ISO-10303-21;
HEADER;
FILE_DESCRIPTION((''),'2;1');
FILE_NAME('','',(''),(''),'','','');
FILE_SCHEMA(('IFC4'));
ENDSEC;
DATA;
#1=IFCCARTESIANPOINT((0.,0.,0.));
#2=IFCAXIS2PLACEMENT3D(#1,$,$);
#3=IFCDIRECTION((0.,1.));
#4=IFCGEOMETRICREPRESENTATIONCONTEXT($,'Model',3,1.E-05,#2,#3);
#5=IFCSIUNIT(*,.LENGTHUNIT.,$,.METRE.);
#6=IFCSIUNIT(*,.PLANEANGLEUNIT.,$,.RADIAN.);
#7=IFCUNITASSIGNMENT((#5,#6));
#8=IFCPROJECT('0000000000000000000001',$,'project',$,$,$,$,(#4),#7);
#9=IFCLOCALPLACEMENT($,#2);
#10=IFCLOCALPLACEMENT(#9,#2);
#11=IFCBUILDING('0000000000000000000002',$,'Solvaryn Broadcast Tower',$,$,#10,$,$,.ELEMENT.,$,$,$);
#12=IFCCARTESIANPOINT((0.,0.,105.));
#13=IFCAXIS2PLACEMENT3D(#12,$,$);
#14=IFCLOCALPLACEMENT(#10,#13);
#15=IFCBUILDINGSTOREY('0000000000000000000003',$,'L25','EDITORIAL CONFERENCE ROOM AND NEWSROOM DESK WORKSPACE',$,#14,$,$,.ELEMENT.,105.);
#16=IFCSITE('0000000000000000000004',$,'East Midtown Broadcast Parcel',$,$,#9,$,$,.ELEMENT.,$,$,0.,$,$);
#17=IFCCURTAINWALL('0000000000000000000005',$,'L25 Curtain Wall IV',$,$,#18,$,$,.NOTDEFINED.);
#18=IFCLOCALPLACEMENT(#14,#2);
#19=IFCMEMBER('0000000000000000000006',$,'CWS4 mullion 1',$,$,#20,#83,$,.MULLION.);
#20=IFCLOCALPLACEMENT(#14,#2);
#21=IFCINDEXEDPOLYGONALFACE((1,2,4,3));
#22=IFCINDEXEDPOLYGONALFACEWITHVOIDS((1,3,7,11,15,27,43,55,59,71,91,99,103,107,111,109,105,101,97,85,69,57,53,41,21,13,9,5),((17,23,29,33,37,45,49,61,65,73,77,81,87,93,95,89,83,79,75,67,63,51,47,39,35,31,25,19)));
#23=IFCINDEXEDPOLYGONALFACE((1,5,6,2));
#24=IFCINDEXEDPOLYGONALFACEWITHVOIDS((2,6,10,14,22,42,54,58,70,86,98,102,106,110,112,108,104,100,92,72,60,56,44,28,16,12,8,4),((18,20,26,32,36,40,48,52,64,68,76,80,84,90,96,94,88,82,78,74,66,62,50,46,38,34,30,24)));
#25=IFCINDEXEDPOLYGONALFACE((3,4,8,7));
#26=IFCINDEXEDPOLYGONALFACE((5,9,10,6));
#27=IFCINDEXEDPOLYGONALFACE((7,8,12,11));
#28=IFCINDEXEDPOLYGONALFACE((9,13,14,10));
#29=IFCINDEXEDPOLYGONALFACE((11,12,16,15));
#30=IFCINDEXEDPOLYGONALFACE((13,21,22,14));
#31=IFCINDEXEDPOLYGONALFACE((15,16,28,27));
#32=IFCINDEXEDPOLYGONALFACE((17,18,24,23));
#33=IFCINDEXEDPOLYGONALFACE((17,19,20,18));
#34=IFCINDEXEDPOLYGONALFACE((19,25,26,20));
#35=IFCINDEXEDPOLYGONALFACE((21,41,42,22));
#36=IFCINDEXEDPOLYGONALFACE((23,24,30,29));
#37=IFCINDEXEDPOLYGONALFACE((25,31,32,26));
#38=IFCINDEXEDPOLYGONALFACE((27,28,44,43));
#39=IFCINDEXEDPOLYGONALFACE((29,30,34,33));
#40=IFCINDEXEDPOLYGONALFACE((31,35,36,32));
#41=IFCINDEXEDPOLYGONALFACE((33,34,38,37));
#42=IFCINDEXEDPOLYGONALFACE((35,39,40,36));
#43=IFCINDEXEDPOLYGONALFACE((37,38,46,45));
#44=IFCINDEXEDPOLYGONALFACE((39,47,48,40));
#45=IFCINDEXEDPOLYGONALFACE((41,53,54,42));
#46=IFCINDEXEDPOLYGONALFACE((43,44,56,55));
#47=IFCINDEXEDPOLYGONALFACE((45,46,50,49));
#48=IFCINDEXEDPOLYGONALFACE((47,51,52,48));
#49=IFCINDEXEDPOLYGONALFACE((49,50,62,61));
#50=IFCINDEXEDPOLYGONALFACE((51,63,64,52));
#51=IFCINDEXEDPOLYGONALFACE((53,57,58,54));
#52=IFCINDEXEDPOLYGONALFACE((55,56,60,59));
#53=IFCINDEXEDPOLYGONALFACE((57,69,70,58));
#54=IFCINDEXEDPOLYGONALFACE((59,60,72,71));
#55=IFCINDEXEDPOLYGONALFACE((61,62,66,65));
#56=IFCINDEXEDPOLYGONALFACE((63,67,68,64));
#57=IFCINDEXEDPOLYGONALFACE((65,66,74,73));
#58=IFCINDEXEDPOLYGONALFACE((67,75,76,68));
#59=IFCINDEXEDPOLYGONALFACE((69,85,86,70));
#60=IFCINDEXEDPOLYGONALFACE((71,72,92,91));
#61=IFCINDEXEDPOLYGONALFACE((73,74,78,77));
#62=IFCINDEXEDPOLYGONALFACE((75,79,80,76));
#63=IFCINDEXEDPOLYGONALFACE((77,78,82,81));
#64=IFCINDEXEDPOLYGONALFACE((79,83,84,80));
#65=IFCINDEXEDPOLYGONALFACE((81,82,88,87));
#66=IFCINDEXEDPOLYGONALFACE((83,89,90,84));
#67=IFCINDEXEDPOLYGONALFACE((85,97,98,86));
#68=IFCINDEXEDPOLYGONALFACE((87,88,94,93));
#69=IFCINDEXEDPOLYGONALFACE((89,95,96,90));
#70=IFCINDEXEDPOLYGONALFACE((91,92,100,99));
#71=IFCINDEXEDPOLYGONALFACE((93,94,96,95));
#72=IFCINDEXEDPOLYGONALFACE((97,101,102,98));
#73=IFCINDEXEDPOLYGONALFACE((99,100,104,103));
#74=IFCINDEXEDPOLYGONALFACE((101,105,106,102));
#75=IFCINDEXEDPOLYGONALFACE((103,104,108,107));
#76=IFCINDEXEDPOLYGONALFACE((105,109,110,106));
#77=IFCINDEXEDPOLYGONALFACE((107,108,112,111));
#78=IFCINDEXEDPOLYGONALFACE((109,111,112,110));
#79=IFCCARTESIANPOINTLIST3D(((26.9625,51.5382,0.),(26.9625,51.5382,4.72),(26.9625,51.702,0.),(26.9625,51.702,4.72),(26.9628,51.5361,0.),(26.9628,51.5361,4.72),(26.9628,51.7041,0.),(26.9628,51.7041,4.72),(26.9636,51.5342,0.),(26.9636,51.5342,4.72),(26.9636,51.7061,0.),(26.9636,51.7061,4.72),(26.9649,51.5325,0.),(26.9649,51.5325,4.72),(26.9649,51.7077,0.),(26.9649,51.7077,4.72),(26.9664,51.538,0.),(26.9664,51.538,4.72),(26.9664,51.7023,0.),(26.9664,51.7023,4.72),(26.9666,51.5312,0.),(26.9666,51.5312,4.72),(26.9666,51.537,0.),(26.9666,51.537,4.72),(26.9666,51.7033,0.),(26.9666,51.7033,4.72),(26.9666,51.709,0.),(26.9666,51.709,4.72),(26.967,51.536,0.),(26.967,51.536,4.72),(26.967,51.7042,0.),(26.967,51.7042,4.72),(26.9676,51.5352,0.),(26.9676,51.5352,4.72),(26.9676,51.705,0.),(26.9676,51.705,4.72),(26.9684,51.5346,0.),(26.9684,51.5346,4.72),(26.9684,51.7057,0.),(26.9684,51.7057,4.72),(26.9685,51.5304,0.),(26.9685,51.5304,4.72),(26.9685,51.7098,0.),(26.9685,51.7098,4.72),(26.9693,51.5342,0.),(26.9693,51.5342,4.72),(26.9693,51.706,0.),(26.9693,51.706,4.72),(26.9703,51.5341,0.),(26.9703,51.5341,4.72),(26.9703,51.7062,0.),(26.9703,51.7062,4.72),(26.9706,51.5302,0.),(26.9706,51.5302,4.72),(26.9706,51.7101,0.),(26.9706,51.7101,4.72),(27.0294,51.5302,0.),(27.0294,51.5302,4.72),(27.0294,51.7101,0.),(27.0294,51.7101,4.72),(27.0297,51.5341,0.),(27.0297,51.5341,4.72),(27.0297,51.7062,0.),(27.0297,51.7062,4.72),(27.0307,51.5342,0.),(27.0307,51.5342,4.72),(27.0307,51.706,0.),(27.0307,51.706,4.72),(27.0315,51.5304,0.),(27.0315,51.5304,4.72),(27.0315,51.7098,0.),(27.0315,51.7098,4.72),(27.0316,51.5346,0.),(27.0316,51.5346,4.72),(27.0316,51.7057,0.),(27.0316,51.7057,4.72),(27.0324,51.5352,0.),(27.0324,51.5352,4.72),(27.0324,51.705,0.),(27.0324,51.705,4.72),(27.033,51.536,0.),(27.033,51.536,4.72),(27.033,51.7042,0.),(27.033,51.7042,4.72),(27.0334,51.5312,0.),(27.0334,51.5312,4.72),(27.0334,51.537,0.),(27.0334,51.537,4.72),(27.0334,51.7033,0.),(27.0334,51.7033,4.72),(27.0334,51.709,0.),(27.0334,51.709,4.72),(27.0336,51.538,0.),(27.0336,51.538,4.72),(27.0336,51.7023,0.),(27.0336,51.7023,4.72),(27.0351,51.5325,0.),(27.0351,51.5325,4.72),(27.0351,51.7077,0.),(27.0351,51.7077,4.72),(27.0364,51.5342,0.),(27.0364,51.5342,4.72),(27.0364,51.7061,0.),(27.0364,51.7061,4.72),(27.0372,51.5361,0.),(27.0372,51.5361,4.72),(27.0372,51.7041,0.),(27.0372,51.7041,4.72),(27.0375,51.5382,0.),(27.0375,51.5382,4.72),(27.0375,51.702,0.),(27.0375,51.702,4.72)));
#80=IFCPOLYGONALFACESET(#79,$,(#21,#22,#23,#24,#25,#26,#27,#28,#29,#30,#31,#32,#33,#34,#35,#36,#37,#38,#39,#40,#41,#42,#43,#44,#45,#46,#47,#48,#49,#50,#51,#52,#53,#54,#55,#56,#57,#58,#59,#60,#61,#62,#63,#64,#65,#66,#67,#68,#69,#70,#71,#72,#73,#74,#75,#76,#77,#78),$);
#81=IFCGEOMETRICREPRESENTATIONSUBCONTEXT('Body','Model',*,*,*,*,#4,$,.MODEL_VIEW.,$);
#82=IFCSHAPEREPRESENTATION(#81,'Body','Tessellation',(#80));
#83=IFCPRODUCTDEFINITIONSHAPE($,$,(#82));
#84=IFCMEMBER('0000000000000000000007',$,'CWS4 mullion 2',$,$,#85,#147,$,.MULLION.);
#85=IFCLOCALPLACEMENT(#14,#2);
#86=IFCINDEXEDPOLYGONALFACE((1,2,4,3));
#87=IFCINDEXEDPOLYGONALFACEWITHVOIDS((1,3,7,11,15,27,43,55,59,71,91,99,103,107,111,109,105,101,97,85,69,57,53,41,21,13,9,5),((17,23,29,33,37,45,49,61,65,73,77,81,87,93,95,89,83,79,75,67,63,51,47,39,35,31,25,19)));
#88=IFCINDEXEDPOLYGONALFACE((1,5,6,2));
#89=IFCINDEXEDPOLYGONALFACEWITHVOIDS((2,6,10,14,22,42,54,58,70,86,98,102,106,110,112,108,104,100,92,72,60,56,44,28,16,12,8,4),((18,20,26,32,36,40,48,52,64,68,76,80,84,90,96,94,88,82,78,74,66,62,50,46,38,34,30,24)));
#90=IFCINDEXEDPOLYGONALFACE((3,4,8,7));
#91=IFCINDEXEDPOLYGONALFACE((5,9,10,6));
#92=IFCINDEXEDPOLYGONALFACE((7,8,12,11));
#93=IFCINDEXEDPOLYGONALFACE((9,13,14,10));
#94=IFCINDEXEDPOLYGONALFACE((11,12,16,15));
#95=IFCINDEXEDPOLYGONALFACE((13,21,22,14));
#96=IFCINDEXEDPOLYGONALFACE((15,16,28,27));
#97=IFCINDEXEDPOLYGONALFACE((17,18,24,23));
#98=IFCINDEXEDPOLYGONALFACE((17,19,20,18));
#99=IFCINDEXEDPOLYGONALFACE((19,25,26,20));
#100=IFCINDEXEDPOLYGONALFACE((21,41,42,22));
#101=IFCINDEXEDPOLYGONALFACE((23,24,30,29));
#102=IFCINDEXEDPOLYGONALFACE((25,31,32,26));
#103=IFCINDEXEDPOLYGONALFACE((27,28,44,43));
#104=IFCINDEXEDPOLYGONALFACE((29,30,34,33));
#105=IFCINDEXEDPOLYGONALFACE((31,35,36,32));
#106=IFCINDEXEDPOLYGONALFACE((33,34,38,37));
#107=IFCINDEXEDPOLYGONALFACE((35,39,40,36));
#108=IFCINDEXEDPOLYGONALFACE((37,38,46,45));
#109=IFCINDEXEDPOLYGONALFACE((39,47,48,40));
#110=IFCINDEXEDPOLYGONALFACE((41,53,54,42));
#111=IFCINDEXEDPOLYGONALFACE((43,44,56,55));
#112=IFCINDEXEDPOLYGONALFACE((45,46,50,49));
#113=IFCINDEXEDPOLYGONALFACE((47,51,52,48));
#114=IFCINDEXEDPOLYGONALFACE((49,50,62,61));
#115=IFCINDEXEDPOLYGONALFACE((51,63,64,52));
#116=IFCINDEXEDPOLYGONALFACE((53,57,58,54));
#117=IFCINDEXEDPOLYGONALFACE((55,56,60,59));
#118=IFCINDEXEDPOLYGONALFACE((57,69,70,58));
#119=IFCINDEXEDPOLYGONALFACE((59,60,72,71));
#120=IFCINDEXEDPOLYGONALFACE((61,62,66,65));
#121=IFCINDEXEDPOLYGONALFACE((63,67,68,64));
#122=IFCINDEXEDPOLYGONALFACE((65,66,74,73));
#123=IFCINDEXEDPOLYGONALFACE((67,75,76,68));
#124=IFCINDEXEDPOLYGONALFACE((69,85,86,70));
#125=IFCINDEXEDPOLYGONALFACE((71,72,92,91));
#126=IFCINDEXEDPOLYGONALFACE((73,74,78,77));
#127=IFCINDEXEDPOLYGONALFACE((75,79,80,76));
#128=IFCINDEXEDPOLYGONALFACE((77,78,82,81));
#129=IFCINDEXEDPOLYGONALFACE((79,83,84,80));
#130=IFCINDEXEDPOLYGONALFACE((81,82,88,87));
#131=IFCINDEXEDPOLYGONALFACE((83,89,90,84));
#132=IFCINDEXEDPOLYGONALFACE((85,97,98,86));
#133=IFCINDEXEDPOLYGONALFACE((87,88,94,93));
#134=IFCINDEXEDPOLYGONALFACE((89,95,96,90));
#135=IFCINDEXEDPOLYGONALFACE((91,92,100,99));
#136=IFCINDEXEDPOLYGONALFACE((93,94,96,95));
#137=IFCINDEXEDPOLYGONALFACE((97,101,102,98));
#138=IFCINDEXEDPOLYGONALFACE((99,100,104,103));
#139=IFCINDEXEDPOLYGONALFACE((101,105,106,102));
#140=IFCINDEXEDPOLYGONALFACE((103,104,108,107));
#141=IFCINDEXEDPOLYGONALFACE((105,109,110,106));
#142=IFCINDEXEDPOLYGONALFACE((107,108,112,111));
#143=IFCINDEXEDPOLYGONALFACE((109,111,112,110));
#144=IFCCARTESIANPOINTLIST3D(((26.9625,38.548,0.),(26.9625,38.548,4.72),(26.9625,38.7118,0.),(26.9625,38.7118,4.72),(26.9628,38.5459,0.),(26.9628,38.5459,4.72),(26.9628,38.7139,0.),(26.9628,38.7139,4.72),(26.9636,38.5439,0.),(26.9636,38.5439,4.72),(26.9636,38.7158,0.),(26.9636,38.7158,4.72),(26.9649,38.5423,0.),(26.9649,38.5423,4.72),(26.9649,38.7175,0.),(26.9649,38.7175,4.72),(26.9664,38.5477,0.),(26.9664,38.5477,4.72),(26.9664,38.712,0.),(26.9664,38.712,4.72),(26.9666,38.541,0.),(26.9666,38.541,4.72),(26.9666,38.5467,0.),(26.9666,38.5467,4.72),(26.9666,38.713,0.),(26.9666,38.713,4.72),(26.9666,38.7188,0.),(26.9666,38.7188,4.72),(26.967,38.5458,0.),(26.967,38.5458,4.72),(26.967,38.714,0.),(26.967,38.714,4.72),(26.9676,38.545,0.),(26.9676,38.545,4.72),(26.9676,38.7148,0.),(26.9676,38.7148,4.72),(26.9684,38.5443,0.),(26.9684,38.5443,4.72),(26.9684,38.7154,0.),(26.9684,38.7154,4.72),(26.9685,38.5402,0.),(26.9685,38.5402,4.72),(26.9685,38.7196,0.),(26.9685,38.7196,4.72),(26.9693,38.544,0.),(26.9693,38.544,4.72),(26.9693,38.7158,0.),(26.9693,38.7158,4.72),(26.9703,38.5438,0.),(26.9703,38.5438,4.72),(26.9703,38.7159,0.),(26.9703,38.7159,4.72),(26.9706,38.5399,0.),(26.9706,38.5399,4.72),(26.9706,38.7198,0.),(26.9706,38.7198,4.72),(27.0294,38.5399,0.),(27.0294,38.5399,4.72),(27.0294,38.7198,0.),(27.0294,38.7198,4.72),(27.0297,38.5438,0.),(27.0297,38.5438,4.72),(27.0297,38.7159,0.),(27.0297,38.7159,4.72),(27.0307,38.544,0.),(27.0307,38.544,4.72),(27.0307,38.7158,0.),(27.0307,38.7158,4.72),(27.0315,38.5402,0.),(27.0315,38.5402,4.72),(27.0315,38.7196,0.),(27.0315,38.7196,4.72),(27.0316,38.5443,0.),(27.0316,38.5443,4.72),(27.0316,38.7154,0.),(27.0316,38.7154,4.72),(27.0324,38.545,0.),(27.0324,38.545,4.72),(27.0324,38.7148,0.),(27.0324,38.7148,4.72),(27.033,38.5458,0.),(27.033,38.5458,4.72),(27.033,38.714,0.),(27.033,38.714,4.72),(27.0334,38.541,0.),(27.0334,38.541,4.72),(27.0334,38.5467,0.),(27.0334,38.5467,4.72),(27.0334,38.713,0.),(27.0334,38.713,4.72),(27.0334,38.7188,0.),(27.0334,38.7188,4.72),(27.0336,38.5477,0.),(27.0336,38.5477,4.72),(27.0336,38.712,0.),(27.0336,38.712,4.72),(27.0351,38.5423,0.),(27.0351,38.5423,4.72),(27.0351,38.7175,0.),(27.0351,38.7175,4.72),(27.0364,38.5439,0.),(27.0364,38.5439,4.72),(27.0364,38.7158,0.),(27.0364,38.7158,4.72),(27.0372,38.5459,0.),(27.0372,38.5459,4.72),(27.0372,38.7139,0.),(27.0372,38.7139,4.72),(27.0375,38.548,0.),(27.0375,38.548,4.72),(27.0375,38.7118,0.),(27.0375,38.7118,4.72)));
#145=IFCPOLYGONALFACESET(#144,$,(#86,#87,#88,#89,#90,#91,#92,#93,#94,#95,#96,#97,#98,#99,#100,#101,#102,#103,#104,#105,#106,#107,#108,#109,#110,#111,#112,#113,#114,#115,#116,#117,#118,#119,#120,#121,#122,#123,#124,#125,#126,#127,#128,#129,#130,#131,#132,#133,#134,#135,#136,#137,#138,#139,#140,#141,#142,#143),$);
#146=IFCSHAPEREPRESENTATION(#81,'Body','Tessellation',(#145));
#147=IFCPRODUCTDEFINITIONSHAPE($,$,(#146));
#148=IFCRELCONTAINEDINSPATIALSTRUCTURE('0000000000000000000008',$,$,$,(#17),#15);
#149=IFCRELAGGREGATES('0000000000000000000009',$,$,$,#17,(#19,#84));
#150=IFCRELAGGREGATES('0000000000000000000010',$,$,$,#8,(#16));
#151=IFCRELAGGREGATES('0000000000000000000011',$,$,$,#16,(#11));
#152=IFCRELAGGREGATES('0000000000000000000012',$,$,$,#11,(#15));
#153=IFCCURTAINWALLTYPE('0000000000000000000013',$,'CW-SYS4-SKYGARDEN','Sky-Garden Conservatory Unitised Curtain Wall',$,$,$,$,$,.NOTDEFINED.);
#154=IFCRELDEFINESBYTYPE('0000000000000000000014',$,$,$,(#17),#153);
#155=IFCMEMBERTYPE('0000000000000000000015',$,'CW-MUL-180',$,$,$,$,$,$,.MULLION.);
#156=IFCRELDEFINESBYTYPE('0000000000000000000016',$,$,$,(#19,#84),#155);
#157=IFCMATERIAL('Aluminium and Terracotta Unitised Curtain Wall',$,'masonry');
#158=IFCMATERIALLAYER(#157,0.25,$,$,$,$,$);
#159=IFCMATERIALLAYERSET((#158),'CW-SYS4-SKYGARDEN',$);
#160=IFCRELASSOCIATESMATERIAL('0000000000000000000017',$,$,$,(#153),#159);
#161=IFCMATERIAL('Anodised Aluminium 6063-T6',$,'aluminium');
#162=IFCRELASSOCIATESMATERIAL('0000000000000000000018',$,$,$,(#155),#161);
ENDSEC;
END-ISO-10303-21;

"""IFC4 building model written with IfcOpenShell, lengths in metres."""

from ifc_helpers import new_model, si_unit, direction, frame, origin, origin_2d, place, context, subcontext, project, spatial, hollow_rectangle, extrude, material, layer, layer_set, material_profile, profile_set, type_object, element, aggregate, save


model = new_model("IFC4")

# Units and contexts
model_context = context("Model", 3, precision=1e-05, world=origin(), true_north=direction((0.0, 1.0)))
body_context = subcontext(model_context, "Body", "Model", "MODEL_VIEW")
ifc_project = project(units=[si_unit("LENGTHUNIT", "METRE"), si_unit("PLANEANGLEUNIT", "RADIAN")], contexts=[model_context])

# Site, building, storey
site_placement = place(None, origin())
site = spatial("IfcSite", under=ifc_project, at=site_placement, Name="East Midtown Broadcast Parcel", CompositionType="ELEMENT", RefElevation=0.0)
building_placement = place(site_placement, origin())
building = spatial("IfcBuilding", under=site, at=building_placement, Name="Solvaryn Broadcast Tower", CompositionType="ELEMENT")
storey_placement = place(building_placement, frame((0.0, 0.0, 105.0)))
storey = spatial("IfcBuildingStorey", under=building, at=storey_placement, Name="L25", Description="EDITORIAL CONFERENCE ROOM AND NEWSROOM DESK WORKSPACE", CompositionType="ELEMENT", Elevation=105.0)

# Curtain wall, members
ifc_material_1 = material(Name="Aluminium and Terracotta Unitised Curtain Wall", Category="masonry")
ifc_layer_1 = layer(ifc_material_1, 0.25)
ifc_layer_set_1 = layer_set([ifc_layer_1], Name="CW-SYS4-SKYGARDEN")
curtain_wall_type = type_object("IfcCurtainWallType", Name="CW-SYS4-SKYGARDEN", Description="Sky-Garden Conservatory Unitised Curtain Wall", PredefinedType="NOTDEFINED", material=ifc_layer_set_1)
curtain_wall_1_placement = place(storey_placement, origin())
curtain_wall_1 = element("IfcCurtainWall", 1, at=curtain_wall_1_placement, inside=storey, type_object=curtain_wall_type, Name="L25 Curtain Wall IV", PredefinedType="NOTDEFINED")
ifc_material_2 = material(Name="Anodised Aluminium 6063-T6", Category="aluminium")
ifc_material_profile_1 = material_profile(ifc_material_2, hollow_rectangle(XDim=0.075, YDim=0.1799, WallThickness=0.0039, InnerFilletRadius=0.0039, OuterFilletRadius=0.0081, at=origin_2d()))
ifc_profile_set_1 = profile_set([ifc_material_profile_1], Name="Anodised Aluminium 6063-T6")
member_type_1 = type_object("IfcMemberType", Name="CW-MUL-180", PredefinedType="MULLION", material=ifc_profile_set_1)
member_1_placement = place(storey_placement, frame((27.0, 51.6201, 0.0), z_axis=(0.0, 0.0, 1.0), x_axis=(1.0, 0.0, 0.0)))
member_1 = element("IfcMember", 2, at=member_1_placement, type_object=member_type_1, Name="CWS4 mullion 1", PredefinedType="MULLION", context=body_context, shape_type="SweptSolid", body=[
    extrude(hollow_rectangle(XDim=0.075, YDim=0.1799, WallThickness=0.0039, InnerFilletRadius=0.0039, OuterFilletRadius=0.0081, at=origin_2d()), origin(), (0.0, 0.0, 1.0), 4.72),
])
member_2_placement = place(storey_placement, frame((27.0, 38.6299, 0.0), z_axis=(0.0, 0.0, 1.0), x_axis=(1.0, 0.0, 0.0)))
member_2 = element("IfcMember", 3, at=member_2_placement, type_object=member_type_1, Name="CWS4 mullion 2", PredefinedType="MULLION", context=body_context, shape_type="SweptSolid", body=[
    extrude(hollow_rectangle(XDim=0.075, YDim=0.1799, WallThickness=0.0039, InnerFilletRadius=0.0039, OuterFilletRadius=0.0081, at=origin_2d()), origin(), (0.0, 0.0, 1.0), 4.72),
])

aggregate(curtain_wall_1, [member_1, member_2])

save(model, "model.ifc")
